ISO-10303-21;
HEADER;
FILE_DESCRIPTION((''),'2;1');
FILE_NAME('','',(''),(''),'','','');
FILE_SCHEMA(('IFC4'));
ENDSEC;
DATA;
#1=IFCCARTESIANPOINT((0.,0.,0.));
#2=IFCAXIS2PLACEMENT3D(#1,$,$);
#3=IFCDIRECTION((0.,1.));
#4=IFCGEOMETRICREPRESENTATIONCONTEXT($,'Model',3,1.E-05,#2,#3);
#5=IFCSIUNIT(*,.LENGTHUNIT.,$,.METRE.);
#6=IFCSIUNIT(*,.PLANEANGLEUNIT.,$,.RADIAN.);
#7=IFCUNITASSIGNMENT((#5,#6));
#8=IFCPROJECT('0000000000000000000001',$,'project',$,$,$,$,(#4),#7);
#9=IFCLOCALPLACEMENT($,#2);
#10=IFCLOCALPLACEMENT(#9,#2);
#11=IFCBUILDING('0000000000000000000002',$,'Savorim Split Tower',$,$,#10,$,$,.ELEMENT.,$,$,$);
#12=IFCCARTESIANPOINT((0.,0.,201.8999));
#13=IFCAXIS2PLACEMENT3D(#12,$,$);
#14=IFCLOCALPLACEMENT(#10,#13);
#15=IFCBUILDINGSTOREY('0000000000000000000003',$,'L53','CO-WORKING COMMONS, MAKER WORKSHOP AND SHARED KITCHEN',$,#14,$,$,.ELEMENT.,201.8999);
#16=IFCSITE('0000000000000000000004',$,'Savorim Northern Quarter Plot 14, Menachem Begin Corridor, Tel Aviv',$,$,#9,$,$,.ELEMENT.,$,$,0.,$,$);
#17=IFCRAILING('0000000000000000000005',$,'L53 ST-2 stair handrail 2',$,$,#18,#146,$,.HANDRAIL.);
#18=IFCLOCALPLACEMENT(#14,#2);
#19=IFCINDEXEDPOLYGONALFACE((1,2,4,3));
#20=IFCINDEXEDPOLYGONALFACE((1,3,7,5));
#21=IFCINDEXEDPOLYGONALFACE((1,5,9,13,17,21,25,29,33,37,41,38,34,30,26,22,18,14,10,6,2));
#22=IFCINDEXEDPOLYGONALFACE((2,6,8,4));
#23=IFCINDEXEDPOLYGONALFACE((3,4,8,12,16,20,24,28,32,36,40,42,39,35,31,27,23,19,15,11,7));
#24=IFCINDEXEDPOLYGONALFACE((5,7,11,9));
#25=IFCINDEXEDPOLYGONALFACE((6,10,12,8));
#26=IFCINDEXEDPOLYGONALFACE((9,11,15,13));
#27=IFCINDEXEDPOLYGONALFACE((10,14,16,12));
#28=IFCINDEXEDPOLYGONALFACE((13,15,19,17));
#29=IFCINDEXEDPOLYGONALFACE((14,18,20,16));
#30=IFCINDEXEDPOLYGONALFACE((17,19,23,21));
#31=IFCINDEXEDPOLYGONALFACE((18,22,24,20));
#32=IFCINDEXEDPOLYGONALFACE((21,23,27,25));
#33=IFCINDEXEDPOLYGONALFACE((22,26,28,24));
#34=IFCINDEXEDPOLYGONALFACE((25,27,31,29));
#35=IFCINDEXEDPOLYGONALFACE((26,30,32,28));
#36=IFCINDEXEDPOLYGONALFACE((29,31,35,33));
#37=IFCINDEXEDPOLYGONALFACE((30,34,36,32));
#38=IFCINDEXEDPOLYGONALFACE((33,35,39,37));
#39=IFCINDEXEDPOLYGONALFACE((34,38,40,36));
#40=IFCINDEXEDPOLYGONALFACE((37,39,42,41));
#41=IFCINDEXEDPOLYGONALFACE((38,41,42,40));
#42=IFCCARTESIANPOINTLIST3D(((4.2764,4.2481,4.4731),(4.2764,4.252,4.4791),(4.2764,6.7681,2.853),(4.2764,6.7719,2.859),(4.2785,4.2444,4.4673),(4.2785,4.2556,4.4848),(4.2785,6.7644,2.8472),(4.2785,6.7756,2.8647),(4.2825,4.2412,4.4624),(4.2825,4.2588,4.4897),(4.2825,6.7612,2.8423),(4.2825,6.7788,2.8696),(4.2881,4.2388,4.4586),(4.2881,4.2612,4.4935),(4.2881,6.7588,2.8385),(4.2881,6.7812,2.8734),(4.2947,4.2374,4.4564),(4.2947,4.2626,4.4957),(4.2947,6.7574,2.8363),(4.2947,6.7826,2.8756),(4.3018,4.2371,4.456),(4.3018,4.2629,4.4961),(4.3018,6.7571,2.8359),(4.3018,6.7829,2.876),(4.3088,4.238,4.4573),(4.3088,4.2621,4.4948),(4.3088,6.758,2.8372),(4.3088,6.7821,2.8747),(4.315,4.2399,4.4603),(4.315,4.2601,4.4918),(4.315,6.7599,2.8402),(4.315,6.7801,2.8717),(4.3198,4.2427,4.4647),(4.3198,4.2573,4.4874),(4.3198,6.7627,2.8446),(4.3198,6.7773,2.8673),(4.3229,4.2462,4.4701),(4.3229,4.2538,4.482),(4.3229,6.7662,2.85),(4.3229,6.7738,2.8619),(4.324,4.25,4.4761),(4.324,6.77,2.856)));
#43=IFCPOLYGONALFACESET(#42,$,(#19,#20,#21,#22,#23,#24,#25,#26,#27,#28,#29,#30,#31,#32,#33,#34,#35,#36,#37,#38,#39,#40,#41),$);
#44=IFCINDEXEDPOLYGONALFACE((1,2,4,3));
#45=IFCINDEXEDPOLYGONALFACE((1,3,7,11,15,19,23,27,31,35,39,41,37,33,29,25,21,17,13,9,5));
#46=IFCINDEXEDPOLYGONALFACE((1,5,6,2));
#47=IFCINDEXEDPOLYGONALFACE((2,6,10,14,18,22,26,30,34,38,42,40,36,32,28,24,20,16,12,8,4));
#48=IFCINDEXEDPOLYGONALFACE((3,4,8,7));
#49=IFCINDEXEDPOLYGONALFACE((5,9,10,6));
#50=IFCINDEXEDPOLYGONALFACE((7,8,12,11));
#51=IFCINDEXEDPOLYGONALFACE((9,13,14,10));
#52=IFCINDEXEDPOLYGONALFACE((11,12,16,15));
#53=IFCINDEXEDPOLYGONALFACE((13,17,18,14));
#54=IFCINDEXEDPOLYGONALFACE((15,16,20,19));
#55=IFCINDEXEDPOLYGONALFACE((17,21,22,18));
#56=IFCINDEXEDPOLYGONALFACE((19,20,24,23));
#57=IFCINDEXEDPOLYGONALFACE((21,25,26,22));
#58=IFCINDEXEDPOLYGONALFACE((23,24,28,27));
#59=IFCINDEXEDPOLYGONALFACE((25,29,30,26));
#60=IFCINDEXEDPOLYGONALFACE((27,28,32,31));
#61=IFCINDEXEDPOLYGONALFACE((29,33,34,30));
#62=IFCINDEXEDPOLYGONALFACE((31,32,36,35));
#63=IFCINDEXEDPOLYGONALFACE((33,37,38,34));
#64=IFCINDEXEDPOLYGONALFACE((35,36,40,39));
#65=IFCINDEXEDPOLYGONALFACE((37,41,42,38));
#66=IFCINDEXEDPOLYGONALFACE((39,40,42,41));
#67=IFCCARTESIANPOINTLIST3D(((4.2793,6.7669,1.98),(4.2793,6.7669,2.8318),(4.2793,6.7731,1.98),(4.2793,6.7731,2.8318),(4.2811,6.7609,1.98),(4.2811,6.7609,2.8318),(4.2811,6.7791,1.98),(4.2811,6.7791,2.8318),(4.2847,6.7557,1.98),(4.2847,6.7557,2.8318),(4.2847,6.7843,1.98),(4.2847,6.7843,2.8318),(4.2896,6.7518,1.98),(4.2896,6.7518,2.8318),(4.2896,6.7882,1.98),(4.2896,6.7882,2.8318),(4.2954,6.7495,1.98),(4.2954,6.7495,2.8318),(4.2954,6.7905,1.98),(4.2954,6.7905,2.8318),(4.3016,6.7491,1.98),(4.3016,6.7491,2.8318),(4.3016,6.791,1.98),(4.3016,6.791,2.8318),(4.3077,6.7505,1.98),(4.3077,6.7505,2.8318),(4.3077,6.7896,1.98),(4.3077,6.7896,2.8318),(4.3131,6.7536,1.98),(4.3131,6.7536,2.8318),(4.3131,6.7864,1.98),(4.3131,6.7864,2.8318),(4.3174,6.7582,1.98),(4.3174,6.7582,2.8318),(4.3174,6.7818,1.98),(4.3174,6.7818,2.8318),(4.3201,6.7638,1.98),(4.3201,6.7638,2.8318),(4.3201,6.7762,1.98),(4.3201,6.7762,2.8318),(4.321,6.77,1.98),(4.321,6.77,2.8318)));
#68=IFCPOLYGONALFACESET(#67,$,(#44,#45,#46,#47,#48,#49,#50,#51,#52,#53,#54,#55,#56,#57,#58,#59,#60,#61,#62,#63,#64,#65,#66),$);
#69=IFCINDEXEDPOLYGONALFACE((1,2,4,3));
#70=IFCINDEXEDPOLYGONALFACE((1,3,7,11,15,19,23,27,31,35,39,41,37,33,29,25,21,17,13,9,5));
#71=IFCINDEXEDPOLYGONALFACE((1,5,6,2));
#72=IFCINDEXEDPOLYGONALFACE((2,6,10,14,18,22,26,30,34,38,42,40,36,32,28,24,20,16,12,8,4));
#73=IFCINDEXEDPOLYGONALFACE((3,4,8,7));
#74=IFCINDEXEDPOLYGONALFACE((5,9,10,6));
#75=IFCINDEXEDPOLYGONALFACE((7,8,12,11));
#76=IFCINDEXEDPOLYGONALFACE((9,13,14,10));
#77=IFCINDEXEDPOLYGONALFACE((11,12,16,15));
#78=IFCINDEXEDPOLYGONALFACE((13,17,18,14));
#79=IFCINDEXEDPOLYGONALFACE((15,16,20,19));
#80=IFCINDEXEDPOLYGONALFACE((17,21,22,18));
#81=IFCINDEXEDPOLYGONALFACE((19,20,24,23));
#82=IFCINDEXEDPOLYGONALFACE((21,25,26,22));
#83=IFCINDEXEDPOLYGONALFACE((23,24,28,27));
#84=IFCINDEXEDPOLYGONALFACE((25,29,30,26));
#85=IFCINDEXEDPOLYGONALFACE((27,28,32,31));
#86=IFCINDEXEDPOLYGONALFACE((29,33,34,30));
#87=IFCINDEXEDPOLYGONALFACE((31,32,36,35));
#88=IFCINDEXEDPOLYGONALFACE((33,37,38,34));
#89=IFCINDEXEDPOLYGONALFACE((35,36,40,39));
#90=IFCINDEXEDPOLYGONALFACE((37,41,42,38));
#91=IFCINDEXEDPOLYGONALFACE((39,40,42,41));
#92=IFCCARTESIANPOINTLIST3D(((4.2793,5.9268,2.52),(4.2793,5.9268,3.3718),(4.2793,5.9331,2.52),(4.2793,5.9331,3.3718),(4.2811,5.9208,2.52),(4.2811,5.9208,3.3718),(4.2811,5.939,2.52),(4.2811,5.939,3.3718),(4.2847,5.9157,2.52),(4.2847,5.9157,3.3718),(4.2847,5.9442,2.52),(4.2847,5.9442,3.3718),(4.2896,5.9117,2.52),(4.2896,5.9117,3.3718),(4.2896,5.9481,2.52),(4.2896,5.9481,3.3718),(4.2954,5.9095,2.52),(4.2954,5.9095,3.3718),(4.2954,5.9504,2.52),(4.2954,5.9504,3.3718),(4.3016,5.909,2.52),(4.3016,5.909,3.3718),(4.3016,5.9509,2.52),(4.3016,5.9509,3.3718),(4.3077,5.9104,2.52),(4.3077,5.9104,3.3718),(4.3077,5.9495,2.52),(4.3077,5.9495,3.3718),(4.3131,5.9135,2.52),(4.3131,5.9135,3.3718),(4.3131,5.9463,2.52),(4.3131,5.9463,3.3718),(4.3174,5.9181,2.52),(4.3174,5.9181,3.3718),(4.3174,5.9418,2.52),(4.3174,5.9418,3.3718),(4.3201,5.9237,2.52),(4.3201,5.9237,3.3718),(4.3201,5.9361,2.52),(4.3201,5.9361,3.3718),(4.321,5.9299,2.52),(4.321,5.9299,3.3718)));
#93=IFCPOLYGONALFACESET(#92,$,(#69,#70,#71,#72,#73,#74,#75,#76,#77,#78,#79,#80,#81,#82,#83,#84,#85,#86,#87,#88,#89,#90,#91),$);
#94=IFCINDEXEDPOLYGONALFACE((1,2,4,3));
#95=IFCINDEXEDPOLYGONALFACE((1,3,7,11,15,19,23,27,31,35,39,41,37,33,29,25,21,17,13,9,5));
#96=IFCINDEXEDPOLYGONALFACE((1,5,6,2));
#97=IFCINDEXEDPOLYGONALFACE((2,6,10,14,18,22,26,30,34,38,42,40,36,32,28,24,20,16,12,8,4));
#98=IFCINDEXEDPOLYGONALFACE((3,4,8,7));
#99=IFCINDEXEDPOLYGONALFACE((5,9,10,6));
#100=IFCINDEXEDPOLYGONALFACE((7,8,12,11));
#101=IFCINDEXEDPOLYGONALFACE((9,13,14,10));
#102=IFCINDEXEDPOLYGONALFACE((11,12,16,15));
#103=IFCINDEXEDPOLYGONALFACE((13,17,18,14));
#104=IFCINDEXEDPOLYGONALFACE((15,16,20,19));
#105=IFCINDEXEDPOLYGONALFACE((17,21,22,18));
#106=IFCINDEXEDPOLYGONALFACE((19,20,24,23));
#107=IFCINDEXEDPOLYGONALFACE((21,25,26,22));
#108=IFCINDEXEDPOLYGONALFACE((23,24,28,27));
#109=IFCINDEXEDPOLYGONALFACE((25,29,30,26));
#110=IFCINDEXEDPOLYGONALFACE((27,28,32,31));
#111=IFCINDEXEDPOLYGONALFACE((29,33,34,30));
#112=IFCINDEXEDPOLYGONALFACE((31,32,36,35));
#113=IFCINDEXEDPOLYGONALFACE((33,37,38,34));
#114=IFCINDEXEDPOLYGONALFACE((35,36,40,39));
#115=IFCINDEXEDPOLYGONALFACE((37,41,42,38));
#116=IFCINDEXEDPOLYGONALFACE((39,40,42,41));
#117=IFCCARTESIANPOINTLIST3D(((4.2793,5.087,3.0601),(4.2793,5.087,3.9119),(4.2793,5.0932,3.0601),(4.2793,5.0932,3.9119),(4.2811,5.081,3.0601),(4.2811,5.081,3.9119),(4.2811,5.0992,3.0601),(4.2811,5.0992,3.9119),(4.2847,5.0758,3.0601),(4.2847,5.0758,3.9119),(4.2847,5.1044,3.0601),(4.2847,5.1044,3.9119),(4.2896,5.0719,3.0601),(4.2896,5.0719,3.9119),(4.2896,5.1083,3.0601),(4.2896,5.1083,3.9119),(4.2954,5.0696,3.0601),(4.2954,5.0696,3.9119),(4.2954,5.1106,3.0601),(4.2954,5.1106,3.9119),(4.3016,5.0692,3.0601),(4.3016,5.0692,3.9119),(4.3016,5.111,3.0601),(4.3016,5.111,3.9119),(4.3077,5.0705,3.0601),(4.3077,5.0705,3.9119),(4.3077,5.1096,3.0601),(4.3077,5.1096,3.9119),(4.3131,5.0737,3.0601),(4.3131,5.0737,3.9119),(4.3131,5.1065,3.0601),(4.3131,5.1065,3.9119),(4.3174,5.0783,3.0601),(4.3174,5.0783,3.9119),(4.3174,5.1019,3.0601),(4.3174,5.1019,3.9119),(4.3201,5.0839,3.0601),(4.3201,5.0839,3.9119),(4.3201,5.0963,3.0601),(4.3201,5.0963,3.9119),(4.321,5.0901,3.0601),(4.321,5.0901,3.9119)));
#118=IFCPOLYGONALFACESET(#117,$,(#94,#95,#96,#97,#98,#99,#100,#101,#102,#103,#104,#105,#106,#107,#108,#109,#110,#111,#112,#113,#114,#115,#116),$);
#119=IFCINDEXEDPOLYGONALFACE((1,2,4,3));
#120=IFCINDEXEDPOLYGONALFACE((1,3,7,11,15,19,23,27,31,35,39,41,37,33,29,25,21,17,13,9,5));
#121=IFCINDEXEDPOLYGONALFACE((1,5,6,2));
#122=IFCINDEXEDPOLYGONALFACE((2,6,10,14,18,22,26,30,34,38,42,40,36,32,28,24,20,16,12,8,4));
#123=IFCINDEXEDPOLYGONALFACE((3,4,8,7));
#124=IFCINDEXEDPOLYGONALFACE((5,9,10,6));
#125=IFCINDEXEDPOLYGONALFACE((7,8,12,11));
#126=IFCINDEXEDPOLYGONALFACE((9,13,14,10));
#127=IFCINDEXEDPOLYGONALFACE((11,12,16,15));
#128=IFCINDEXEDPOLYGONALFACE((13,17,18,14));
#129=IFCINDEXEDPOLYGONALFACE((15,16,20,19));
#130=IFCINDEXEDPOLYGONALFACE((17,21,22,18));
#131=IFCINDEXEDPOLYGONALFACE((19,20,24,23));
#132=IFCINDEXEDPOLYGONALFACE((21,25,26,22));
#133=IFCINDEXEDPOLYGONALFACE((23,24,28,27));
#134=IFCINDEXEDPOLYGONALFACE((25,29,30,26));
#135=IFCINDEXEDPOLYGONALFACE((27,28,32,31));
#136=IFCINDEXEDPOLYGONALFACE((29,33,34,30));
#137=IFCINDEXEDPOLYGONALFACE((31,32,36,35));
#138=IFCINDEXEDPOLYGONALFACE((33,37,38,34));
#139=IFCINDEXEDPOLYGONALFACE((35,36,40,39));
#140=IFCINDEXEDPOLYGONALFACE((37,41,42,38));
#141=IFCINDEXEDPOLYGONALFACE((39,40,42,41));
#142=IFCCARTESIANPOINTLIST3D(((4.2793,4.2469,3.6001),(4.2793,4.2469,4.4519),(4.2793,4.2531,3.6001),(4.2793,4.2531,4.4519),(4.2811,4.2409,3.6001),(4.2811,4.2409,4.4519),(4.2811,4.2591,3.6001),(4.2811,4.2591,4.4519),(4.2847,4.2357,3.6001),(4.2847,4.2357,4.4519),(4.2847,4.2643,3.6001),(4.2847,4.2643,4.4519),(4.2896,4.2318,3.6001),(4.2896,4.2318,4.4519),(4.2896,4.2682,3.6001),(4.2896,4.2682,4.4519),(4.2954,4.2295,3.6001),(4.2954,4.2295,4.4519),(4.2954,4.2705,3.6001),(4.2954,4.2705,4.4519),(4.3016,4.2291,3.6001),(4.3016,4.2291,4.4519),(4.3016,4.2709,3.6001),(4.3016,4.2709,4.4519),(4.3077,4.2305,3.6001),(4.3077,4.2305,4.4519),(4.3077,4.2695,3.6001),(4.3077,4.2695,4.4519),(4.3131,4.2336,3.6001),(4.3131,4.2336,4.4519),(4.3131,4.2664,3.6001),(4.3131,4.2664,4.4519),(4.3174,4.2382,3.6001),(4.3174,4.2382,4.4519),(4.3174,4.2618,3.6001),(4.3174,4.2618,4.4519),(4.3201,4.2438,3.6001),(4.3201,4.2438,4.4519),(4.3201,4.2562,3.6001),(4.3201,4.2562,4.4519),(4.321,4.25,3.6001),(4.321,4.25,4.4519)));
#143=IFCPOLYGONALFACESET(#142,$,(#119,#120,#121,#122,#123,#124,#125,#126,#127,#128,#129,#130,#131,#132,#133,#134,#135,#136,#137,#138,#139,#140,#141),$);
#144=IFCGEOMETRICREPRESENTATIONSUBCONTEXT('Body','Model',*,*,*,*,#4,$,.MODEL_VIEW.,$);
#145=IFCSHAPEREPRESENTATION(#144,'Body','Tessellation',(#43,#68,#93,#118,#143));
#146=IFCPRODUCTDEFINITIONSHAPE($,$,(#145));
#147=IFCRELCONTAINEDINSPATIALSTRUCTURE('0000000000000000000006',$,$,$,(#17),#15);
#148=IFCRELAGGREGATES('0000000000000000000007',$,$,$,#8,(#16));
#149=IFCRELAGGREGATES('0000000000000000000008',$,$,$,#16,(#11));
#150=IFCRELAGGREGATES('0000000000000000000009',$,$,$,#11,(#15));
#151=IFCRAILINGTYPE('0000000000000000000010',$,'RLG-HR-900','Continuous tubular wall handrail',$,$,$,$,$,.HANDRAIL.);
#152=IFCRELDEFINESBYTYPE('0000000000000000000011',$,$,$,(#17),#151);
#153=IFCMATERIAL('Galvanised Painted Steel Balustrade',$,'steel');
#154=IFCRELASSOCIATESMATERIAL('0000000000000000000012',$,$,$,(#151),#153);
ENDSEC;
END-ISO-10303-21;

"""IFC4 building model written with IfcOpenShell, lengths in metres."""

from ifc_helpers import new_model, si_unit, direction, frame, origin, origin_2d, place, context, subcontext, project, spatial, circle, extrude, material, type_object, element, save


model = new_model("IFC4")

# Units and contexts
model_context = context("Model", 3, precision=1e-05, world=origin(), true_north=direction((0.0, 1.0)))
body_context = subcontext(model_context, "Body", "Model", "MODEL_VIEW")
ifc_project = project(units=[si_unit("LENGTHUNIT", "METRE"), si_unit("PLANEANGLEUNIT", "RADIAN")], contexts=[model_context])

# Site, building, storey
site_placement = place(None, origin())
site = spatial("IfcSite", under=ifc_project, at=site_placement, Name="Savorim Northern Quarter Plot 14, Menachem Begin Corridor, Tel Aviv", CompositionType="ELEMENT", RefElevation=0.0)
building_placement = place(site_placement, origin())
building = spatial("IfcBuilding", under=site, at=building_placement, Name="Savorim Split Tower", CompositionType="ELEMENT")
storey_placement = place(building_placement, frame((0.0, 0.0, 201.8999)))
storey = spatial("IfcBuildingStorey", under=building, at=storey_placement, Name="L53", Description="CO-WORKING COMMONS, MAKER WORKSHOP AND SHARED KITCHEN", CompositionType="ELEMENT", Elevation=201.8999)

# Railing
ifc_material_1 = material(Name="Galvanised Painted Steel Balustrade", Category="steel")
railing_type_1 = type_object("IfcRailingType", Name="RLG-HR-900", Description="Continuous tubular wall handrail", PredefinedType="HANDRAIL", material=ifc_material_1)
railing_1_placement = place(storey_placement, frame((4.3, 6.77, 1.98)))
element("IfcRailing", 1, at=railing_1_placement, inside=storey, type_object=railing_type_1, Name="L53 ST-2 stair handrail 2", PredefinedType="HANDRAIL", context=body_context, shape_type="SweptSolid", body=[
    extrude(circle(Radius=0.0239, at=origin_2d()), frame((0.0, 0.0, 0.876), z_axis=(0.0, -0.841163, 0.540782), x_axis=(1.0, 0.0, 0.0)), (0.0, 0.0, 1.0), 2.9958),
    extrude(circle(Radius=0.021, at=origin_2d()), origin(), (0.0, 0.0, 1.0), 0.8518),
    extrude(circle(Radius=0.021, at=origin_2d()), frame((0.0, -0.8401, 0.54)), (0.0, 0.0, 1.0), 0.8518),
    extrude(circle(Radius=0.021, at=origin_2d()), frame((0.0, -1.6799, 1.0801)), (0.0, 0.0, 1.0), 0.8518),
    extrude(circle(Radius=0.021, at=origin_2d()), frame((0.0, -2.52, 1.6201)), (0.0, 0.0, 1.0), 0.8518),
])

save(model, "model.ifc")
